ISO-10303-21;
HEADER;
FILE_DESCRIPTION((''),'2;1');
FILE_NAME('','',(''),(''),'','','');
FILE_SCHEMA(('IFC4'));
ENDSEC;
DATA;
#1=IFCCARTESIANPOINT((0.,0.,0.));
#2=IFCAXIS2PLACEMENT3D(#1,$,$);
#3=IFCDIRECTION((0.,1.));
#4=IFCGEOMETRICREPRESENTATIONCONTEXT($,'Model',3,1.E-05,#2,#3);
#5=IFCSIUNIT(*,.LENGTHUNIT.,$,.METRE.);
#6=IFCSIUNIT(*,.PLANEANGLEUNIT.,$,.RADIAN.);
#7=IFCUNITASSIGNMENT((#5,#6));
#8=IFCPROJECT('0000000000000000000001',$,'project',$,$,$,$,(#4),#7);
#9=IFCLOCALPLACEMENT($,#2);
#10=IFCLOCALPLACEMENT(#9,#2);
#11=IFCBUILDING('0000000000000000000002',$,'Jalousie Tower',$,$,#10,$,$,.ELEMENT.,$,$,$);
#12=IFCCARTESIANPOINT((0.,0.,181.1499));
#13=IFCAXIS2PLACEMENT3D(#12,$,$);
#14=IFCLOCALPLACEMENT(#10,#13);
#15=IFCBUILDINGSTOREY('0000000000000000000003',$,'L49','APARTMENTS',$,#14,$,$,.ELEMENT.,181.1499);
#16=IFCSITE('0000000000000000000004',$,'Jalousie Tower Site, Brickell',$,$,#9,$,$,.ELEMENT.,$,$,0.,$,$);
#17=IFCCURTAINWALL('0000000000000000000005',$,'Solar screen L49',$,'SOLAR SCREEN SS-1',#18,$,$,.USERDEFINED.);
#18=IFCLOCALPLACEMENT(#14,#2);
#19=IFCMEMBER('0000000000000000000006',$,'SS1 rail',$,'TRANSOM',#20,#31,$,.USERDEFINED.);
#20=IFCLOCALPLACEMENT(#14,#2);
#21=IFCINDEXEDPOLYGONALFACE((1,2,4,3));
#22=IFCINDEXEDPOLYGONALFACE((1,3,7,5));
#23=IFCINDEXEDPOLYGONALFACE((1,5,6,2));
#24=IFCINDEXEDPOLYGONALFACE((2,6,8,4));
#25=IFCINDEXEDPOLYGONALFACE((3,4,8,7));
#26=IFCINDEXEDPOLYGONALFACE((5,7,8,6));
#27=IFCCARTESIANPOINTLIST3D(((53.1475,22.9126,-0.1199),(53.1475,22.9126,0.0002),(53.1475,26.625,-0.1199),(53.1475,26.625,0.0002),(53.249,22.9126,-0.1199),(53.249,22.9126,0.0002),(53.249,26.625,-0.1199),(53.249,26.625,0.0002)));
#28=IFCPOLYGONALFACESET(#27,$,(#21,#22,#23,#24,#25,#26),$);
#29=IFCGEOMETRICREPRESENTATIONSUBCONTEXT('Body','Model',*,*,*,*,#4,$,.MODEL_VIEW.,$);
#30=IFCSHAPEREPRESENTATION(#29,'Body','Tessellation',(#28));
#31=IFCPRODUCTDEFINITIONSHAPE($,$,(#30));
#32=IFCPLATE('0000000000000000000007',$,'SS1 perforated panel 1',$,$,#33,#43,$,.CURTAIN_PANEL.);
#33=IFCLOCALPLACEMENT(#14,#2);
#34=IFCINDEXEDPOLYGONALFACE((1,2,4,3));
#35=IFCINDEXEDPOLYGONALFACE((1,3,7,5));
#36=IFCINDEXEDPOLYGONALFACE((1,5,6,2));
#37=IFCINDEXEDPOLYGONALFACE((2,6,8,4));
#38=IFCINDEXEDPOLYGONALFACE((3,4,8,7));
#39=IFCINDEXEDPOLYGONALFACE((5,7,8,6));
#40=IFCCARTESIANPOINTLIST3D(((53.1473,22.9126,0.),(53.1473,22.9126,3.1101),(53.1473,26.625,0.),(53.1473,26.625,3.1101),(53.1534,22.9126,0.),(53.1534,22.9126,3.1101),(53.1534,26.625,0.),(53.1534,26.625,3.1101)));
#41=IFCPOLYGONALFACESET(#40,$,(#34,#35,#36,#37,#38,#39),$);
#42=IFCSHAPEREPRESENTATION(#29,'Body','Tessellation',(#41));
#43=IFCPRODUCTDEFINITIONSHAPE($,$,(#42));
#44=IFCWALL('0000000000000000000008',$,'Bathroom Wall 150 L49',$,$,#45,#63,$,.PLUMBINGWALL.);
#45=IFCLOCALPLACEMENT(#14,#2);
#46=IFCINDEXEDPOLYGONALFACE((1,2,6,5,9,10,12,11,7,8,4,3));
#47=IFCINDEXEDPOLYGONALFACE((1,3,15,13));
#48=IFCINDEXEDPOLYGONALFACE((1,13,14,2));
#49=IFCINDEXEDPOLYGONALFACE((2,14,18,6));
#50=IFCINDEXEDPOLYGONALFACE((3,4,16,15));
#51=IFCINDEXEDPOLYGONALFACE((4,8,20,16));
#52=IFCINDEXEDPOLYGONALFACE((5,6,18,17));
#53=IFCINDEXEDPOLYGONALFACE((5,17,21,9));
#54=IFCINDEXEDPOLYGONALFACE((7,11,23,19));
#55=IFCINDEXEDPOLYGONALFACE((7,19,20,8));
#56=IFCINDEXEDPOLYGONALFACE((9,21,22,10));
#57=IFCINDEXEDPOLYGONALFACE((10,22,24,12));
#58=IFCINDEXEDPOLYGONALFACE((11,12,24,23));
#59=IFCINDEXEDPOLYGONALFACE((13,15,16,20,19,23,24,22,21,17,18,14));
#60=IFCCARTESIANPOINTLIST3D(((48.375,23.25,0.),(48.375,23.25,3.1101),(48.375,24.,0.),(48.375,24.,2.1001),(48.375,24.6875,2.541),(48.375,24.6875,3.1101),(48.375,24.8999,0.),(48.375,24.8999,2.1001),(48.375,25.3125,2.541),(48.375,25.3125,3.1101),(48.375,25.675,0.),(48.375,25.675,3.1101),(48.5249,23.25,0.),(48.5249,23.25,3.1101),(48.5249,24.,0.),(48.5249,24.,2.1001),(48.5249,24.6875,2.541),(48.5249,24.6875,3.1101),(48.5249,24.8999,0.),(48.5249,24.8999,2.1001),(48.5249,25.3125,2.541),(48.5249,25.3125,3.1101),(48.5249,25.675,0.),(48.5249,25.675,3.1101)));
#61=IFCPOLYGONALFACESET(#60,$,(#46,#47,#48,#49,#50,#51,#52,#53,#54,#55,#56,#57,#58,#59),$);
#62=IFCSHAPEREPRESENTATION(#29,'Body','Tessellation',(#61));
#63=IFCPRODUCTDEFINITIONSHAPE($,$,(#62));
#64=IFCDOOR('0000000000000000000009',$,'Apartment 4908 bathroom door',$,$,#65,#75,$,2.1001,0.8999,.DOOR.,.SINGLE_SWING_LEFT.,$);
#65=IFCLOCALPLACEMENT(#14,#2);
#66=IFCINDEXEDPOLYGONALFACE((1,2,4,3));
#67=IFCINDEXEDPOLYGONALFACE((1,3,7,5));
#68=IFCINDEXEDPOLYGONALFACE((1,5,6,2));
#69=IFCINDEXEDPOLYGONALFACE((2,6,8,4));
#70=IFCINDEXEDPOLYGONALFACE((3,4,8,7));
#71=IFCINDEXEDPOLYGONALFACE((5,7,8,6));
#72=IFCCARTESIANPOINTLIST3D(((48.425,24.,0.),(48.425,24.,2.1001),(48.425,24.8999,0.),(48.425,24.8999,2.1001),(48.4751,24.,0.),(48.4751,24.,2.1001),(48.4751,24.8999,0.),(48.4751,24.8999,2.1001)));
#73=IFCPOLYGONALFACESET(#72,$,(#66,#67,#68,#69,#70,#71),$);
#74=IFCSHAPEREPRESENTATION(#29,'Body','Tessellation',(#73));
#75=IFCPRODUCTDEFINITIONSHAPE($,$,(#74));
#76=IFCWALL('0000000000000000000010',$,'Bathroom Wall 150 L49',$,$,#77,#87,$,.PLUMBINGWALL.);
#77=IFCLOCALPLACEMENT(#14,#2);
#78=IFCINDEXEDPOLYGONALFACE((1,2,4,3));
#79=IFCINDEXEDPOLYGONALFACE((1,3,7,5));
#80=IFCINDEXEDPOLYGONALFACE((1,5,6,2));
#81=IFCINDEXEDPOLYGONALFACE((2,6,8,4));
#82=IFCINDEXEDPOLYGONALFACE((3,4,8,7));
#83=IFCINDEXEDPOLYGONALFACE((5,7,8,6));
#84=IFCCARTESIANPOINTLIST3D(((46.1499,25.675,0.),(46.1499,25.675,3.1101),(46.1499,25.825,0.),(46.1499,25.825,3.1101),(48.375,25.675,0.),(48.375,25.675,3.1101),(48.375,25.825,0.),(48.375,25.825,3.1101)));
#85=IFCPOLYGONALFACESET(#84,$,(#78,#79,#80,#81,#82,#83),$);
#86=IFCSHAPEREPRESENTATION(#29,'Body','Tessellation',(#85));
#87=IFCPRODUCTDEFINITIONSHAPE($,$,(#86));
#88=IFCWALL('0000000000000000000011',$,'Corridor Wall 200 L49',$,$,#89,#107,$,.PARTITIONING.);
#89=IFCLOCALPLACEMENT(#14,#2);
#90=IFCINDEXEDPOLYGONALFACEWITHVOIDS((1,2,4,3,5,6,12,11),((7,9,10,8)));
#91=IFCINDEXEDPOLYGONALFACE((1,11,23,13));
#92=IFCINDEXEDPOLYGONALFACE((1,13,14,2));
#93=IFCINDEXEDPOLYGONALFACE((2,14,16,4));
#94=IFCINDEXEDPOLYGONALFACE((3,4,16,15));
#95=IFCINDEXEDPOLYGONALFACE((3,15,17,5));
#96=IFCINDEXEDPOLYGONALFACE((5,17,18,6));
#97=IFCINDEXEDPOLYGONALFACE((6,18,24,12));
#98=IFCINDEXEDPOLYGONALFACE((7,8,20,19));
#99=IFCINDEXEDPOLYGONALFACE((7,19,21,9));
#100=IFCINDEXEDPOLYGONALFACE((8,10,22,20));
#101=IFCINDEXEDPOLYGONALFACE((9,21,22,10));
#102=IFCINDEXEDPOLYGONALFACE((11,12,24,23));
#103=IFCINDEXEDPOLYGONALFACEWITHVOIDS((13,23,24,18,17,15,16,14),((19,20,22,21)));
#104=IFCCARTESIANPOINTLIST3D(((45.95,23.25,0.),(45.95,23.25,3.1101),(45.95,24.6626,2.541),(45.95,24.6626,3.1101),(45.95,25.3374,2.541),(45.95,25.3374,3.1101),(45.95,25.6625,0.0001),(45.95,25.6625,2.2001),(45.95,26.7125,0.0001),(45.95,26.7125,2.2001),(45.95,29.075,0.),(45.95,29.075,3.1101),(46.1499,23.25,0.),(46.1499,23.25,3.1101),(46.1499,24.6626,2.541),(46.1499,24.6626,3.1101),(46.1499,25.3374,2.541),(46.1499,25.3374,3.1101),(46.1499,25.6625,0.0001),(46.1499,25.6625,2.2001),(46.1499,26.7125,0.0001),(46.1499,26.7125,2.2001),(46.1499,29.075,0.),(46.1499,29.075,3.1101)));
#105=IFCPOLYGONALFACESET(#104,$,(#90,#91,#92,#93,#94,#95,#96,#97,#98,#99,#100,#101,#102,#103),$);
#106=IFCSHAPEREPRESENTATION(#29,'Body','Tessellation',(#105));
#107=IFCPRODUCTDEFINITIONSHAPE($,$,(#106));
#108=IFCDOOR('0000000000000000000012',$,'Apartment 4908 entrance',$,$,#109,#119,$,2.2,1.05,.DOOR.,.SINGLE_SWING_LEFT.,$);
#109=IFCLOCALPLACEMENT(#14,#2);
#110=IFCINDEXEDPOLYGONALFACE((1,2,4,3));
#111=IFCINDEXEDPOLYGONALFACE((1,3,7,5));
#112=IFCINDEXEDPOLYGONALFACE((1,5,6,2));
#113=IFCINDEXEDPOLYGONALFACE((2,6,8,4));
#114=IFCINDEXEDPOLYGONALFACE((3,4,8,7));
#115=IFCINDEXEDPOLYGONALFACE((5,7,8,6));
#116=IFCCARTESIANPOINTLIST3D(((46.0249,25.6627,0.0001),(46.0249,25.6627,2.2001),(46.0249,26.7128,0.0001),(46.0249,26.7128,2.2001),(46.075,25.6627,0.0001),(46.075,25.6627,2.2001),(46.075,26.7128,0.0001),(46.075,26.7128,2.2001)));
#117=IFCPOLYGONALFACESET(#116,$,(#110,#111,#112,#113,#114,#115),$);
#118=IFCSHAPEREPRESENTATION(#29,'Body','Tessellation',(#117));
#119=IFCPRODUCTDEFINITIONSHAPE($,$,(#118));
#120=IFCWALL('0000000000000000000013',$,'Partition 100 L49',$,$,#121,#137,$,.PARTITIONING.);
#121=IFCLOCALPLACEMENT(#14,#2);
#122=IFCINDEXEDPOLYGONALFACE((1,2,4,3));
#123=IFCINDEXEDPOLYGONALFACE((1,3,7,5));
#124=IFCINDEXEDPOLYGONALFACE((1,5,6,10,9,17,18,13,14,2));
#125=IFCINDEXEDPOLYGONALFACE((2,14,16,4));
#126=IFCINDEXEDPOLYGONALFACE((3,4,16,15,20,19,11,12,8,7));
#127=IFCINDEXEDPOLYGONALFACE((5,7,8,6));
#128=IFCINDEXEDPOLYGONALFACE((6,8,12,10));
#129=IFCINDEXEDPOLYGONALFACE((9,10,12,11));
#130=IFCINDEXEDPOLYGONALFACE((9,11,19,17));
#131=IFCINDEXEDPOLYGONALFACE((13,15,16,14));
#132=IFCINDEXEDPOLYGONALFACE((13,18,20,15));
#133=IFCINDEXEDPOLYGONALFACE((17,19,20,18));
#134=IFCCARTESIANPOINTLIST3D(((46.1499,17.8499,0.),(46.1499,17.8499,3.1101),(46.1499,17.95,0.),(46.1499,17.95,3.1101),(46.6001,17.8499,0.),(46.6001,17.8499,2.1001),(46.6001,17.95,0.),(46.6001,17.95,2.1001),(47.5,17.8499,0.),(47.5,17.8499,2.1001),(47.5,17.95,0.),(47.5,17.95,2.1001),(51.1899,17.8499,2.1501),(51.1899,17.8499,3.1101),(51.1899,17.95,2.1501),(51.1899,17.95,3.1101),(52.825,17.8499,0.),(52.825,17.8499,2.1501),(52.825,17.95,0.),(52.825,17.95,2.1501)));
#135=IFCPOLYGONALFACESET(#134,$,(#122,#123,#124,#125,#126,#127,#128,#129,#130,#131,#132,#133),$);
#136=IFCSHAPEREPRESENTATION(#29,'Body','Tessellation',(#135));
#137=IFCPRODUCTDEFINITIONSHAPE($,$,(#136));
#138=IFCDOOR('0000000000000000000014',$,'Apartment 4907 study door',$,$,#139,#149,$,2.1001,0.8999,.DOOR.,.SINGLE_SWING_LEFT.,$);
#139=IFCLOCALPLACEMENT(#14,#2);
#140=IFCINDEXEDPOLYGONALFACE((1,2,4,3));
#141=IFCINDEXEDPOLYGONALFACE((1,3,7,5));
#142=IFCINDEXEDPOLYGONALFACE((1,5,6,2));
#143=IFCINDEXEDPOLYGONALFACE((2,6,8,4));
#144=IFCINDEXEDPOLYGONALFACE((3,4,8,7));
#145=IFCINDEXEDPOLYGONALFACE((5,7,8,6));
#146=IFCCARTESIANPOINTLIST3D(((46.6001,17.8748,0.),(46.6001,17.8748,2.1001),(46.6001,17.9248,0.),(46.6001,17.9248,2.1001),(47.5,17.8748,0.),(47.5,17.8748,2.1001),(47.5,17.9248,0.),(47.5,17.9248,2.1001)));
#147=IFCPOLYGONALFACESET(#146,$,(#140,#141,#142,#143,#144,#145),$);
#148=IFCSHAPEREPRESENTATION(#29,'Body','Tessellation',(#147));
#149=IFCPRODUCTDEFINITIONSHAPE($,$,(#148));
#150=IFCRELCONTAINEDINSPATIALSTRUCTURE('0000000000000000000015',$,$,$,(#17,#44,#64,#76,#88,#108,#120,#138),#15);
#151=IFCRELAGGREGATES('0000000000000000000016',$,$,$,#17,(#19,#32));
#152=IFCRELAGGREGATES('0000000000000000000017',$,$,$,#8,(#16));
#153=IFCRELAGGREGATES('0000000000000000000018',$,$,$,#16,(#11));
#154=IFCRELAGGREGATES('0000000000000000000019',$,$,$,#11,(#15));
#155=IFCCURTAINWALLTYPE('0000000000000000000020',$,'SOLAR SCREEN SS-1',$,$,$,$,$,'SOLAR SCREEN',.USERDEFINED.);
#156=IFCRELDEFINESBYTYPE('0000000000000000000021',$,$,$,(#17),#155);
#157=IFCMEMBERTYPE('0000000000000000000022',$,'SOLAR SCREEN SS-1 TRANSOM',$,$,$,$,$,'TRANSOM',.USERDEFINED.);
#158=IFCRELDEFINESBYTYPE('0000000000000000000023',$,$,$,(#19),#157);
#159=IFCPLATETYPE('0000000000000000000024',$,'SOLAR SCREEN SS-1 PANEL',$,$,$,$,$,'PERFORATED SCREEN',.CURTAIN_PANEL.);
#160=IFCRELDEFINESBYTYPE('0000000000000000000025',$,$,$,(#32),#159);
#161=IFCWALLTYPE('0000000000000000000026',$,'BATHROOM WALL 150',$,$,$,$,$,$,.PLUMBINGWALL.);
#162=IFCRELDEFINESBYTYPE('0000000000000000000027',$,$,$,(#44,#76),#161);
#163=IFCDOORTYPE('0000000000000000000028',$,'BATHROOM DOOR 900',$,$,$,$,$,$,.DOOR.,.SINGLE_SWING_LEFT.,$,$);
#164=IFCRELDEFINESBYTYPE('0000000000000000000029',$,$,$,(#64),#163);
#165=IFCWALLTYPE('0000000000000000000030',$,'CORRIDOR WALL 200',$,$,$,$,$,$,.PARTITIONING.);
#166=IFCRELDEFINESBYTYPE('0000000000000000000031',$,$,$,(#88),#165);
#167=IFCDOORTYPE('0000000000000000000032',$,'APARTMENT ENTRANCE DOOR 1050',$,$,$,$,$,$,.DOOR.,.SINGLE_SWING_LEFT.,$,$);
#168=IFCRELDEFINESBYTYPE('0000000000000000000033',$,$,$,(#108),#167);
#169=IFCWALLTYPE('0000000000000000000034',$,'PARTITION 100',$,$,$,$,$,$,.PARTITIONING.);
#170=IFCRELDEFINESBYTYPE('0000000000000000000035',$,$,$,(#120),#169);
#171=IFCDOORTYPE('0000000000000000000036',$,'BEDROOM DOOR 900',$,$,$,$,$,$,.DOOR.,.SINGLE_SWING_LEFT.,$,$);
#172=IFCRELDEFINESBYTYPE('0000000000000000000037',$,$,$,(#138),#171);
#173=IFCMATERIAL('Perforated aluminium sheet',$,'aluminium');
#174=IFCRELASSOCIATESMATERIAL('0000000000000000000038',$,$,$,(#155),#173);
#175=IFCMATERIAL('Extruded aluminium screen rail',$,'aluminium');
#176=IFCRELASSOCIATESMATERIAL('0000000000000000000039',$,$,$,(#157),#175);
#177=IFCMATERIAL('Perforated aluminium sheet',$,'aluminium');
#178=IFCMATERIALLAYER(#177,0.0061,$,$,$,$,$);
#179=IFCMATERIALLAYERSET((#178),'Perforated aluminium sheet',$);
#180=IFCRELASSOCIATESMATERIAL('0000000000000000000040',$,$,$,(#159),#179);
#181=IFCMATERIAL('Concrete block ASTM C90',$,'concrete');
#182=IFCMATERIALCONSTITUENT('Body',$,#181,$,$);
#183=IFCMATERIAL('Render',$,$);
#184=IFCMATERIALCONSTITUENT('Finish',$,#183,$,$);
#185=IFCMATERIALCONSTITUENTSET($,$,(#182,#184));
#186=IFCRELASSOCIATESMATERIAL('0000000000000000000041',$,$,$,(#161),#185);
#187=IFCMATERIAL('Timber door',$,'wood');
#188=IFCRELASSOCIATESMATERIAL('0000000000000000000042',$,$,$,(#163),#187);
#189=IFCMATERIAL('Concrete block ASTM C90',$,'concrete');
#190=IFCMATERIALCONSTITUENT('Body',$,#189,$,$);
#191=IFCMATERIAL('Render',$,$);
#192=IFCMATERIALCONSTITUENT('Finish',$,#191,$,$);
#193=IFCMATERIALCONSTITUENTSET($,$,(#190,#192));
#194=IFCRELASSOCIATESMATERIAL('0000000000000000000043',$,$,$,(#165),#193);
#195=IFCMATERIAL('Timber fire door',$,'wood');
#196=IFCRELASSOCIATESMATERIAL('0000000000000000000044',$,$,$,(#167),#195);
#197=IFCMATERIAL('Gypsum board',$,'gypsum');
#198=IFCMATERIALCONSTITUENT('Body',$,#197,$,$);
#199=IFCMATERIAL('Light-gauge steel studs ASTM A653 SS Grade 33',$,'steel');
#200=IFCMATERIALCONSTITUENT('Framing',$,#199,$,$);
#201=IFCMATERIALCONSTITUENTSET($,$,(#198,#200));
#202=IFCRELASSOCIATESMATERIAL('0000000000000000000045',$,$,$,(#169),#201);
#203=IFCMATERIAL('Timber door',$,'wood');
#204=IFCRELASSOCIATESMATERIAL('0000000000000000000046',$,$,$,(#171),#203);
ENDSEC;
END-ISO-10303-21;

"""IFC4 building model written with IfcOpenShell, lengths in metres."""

from ifc_helpers import new_model, si_unit, direction, frame, frame_2d, origin, origin_2d, place, context, subcontext, project, spatial, polyline, rectangle, outline, extrude, material, layer, layer_set, constituent, constituent_set, material_profile, profile_set, type_object, element, fill, aggregate, save


model = new_model("IFC4")

# Units and contexts
model_context = context("Model", 3, precision=1e-05, world=origin(), true_north=direction((0.0, 1.0)))
body_context = subcontext(model_context, "Body", "Model", "MODEL_VIEW")
ifc_project = project(units=[si_unit("LENGTHUNIT", "METRE"), si_unit("PLANEANGLEUNIT", "RADIAN")], contexts=[model_context])

# Site, building, storey
site_placement = place(None, origin())
site = spatial("IfcSite", under=ifc_project, at=site_placement, Name="Jalousie Tower Site, Brickell", CompositionType="ELEMENT", RefElevation=0.0)
building_placement = place(site_placement, origin())
building = spatial("IfcBuilding", under=site, at=building_placement, Name="Jalousie Tower", CompositionType="ELEMENT")
storey_placement = place(building_placement, frame((0.0, 0.0, 181.1499)))
storey = spatial("IfcBuildingStorey", under=building, at=storey_placement, Name="L49", Description="APARTMENTS", CompositionType="ELEMENT", Elevation=181.1499)

# Curtain wall
ifc_material_1 = material(Name="Perforated aluminium sheet", Category="aluminium")
curtain_wall_type = type_object("IfcCurtainWallType", Name="SOLAR SCREEN SS-1", ElementType="SOLAR SCREEN", PredefinedType="USERDEFINED", material=ifc_material_1)
curtain_wall_1_placement = place(storey_placement, origin())
curtain_wall_1 = element("IfcCurtainWall", 1, at=curtain_wall_1_placement, inside=storey, type_object=curtain_wall_type, Name="Solar screen L49", ObjectType="SOLAR SCREEN SS-1", PredefinedType="USERDEFINED")

# Member
ifc_material_2 = material(Name="Extruded aluminium screen rail", Category="aluminium")
ifc_material_profile_1 = material_profile(ifc_material_2, rectangle(XDim=0.1016, YDim=0.1201, at=origin_2d()), Name="RAIL 102x120")
ifc_profile_set_1 = profile_set([ifc_material_profile_1], Name="Extruded aluminium screen rail")
member_type_1 = type_object("IfcMemberType", Name="SOLAR SCREEN SS-1 TRANSOM", ElementType="TRANSOM", PredefinedType="USERDEFINED", material=ifc_profile_set_1)
member_1_placement = place(storey_placement, frame((53.1982, 22.9126, -0.0598), z_axis=(0.0, 1.0, 0.0), x_axis=(-1.0, 0.0, 0.0)))
member_1 = element("IfcMember", 2, at=member_1_placement, type_object=member_type_1, Name="SS1 rail", ObjectType="TRANSOM", PredefinedType="USERDEFINED", context=body_context, shape_type="SweptSolid", body=[
    extrude(rectangle(XDim=0.1016, YDim=0.1201, at=origin_2d()), origin(), (0.0, 0.0, 1.0), 3.7124),
])

# Plate
ifc_material_3 = material(Name="Perforated aluminium sheet", Category="aluminium")
ifc_layer_1 = layer(ifc_material_3, 0.0061)
ifc_layer_set_1 = layer_set([ifc_layer_1], Name="Perforated aluminium sheet")
plate_type = type_object("IfcPlateType", Name="SOLAR SCREEN SS-1 PANEL", ElementType="PERFORATED SCREEN", PredefinedType="CURTAIN_PANEL", material=ifc_layer_set_1)
plate_placement = place(storey_placement, frame((53.1504, 24.7688, 0.0), z_axis=(0.0, 0.0, 1.0), x_axis=(0.0, 1.0, 0.0)))
plate = element("IfcPlate", 3, at=plate_placement, type_object=plate_type, Name="SS1 perforated panel 1", PredefinedType="CURTAIN_PANEL", context=body_context, shape_type="SweptSolid", body=[
    extrude(rectangle(XDim=3.7124, YDim=0.0061, at=origin_2d()), origin(), (0.0, 0.0, 1.0), 3.1101),
])
aggregate(curtain_wall_1, [member_1, plate])

# Wall, opening, door
ifc_material_4 = material(Name="Concrete block ASTM C90", Category="concrete")
ifc_constituent_1 = constituent(ifc_material_4, Name="Body")
ifc_material_5 = material(Name="Render")
ifc_constituent_2 = constituent(ifc_material_5, Name="Finish")
ifc_constituent_set_1 = constituent_set(constituents=[ifc_constituent_1, ifc_constituent_2])
wall_type_1 = type_object("IfcWallType", Name="BATHROOM WALL 150", PredefinedType="PLUMBINGWALL", material=ifc_constituent_set_1)
wall_1_placement = place(storey_placement, frame((48.45, 23.25, 0.0), z_axis=(0.0, 0.0, 1.0), x_axis=(0.0, 1.0, 0.0)))
wall_1 = element("IfcWall", 4, at=wall_1_placement, inside=storey, type_object=wall_type_1, Name="Bathroom Wall 150 L49", PredefinedType="PLUMBINGWALL", context=body_context, shape_type="SweptSolid", body=[
    extrude(outline(polyline([(0.0, 0.0), (2.425, 0.0), (2.425, 3.1101), (2.0625, 3.1101), (2.0625, 2.541), (1.4375, 2.541), (1.4375, 3.1101), (0.0, 3.1101), (0.0, 0.0)])), frame((0.0, 0.075, 0.0), z_axis=(0.0, -1.0, 0.0), x_axis=(1.0, 0.0, 0.0)), (0.0, 0.0, 1.0), 0.1499),
])
opening_1_placement = place(wall_1_placement, frame((0.75, 0.0, 0.0)))
opening_1 = element("IfcOpeningElement", 5, at=opening_1_placement, cuts=wall_1, PredefinedType="OPENING", context=body_context, shape_type="SweptSolid", body=[
    extrude(rectangle(XDim=0.8999, YDim=2.1001, at=frame_2d((0.45, 1.05))), frame((0.0, 0.085, 0.0), z_axis=(0.0, -1.0, 0.0), x_axis=(1.0, 0.0, 0.0)), (0.0, 0.0, 1.0), 0.1699),
])
ifc_material_6 = material(Name="Timber door", Category="wood")
door_type_1 = type_object("IfcDoorType", Name="BATHROOM DOOR 900", OperationType="SINGLE_SWING_LEFT", PredefinedType="DOOR", material=ifc_material_6)
door_1_placement = place(opening_1_placement, origin())
door_1 = element("IfcDoor", 6, at=door_1_placement, inside=storey, type_object=door_type_1, Name="Apartment 4908 bathroom door", OperationType="SINGLE_SWING_LEFT", OverallHeight=2.1001, OverallWidth=0.8999, PredefinedType="DOOR", context=body_context, shape_type="SweptSolid", body=[
    extrude(rectangle(XDim=0.8999, YDim=2.1001, at=frame_2d((0.45, 1.05))), frame((0.0, 0.0249, 0.0), z_axis=(0.0, -1.0, 0.0), x_axis=(1.0, 0.0, 0.0)), (0.0, 0.0, 1.0), 0.05),
])
fill(opening_1, door_1)

# Wall
wall_2_placement = place(storey_placement, frame((48.375, 25.75, 0.0), z_axis=(0.0, 0.0, 1.0), x_axis=(-1.0, 0.0, 0.0)))
element("IfcWall", 7, at=wall_2_placement, inside=storey, type_object=wall_type_1, Name="Bathroom Wall 150 L49", PredefinedType="PLUMBINGWALL", context=body_context, shape_type="SweptSolid", body=[
    extrude(rectangle(XDim=2.2251, YDim=0.1499, at=frame_2d((1.1125, 0.0))), origin(), (0.0, 0.0, 1.0), 3.1101),
])

# Walls, openings, doors
ifc_material_7 = material(Name="Concrete block ASTM C90", Category="concrete")
ifc_constituent_3 = constituent(ifc_material_7, Name="Body")
ifc_material_8 = material(Name="Render")
ifc_constituent_4 = constituent(ifc_material_8, Name="Finish")
ifc_constituent_set_2 = constituent_set(constituents=[ifc_constituent_3, ifc_constituent_4])
wall_type_2 = type_object("IfcWallType", Name="CORRIDOR WALL 200", PredefinedType="PARTITIONING", material=ifc_constituent_set_2)
wall_3_placement = place(storey_placement, frame((46.05, 23.25, 0.0), z_axis=(0.0, 0.0, 1.0), x_axis=(0.0, 1.0, 0.0)))
wall_3 = element("IfcWall", 8, at=wall_3_placement, inside=storey, type_object=wall_type_2, Name="Corridor Wall 200 L49", PredefinedType="PARTITIONING", context=body_context, shape_type="SweptSolid", body=[
    extrude(outline(polyline([(0.0, 0.0), (5.825, 0.0), (5.825, 3.1101), (2.0874, 3.1101), (2.0874, 2.541), (1.4126, 2.541), (1.4126, 3.1101), (0.0, 3.1101), (0.0, 0.0)])), frame((0.0, 0.1001, 0.0), z_axis=(0.0, -1.0, 0.0), x_axis=(1.0, 0.0, 0.0)), (0.0, 0.0, 1.0), 0.2),
])
opening_2_placement = place(wall_3_placement, frame((2.4126, 0.0, 0.0)))
opening_2 = element("IfcOpeningElement", 9, at=opening_2_placement, cuts=wall_3, PredefinedType="OPENING", context=body_context, shape_type="SweptSolid", body=[
    extrude(rectangle(XDim=1.05, YDim=2.2, at=frame_2d((0.5249, 1.1001))), frame((0.0, 0.1099, 0.0), z_axis=(0.0, -1.0, 0.0), x_axis=(1.0, 0.0, 0.0)), (0.0, 0.0, 1.0), 0.22),
])
ifc_material_9 = material(Name="Timber fire door", Category="wood")
door_type_2 = type_object("IfcDoorType", Name="APARTMENT ENTRANCE DOOR 1050", OperationType="SINGLE_SWING_LEFT", PredefinedType="DOOR", material=ifc_material_9)
door_2_placement = place(opening_2_placement, frame((1.05, 0.0, 0.0), z_axis=(0.0, 0.0, 1.0), x_axis=(-1.0, 0.0, 0.0)))
door_2 = element("IfcDoor", 10, at=door_2_placement, inside=storey, type_object=door_type_2, Name="Apartment 4908 entrance", OperationType="SINGLE_SWING_LEFT", OverallHeight=2.2, OverallWidth=1.05, PredefinedType="DOOR", context=body_context, shape_type="SweptSolid", body=[
    extrude(rectangle(XDim=1.05, YDim=2.2, at=frame_2d((0.5249, 1.1001))), frame((0.0, 0.0249, 0.0), z_axis=(0.0, -1.0, 0.0), x_axis=(1.0, 0.0, 0.0)), (0.0, 0.0, 1.0), 0.05),
])
fill(opening_2, door_2)
ifc_material_10 = material(Name="Gypsum board", Category="gypsum")
ifc_constituent_5 = constituent(ifc_material_10, Name="Body")
ifc_material_11 = material(Name="Light-gauge steel studs ASTM A653 SS Grade 33", Category="steel")
ifc_constituent_6 = constituent(ifc_material_11, Name="Framing")
ifc_constituent_set_3 = constituent_set(constituents=[ifc_constituent_5, ifc_constituent_6])
wall_type_3 = type_object("IfcWallType", Name="PARTITION 100", PredefinedType="PARTITIONING", material=ifc_constituent_set_3)
wall_4_placement = place(storey_placement, frame((52.825, 17.8999, 0.0), z_axis=(0.0, 0.0, 1.0), x_axis=(-1.0, 0.0, 0.0)))
wall_4 = element("IfcWall", 11, at=wall_4_placement, inside=storey, type_object=wall_type_3, Name="Partition 100 L49", PredefinedType="PARTITIONING", context=body_context, shape_type="SweptSolid", body=[
    extrude(outline(polyline([(0.0, 0.0), (6.675, 0.0), (6.675, 3.1101), (1.635, 3.1101), (1.635, 2.1501), (0.0, 2.1501), (0.0, 3.1101), (0.0, 0.0)])), frame((0.0, 0.05, 0.0), z_axis=(0.0, -1.0, 0.0), x_axis=(1.0, 0.0, 0.0)), (0.0, 0.0, 1.0), 0.1001),
])
opening_3_placement = place(wall_4_placement, frame((5.325, 0.0, 0.0)))
opening_3 = element("IfcOpeningElement", 12, at=opening_3_placement, cuts=wall_4, PredefinedType="OPENING", context=body_context, shape_type="SweptSolid", body=[
    extrude(rectangle(XDim=0.8999, YDim=2.1001, at=frame_2d((0.45, 1.05))), frame((0.0, 0.0601, 0.0), z_axis=(0.0, -1.0, 0.0), x_axis=(1.0, 0.0, 0.0)), (0.0, 0.0, 1.0), 0.1201),
])
ifc_material_12 = material(Name="Timber door", Category="wood")
door_type_3 = type_object("IfcDoorType", Name="BEDROOM DOOR 900", OperationType="SINGLE_SWING_LEFT", PredefinedType="DOOR", material=ifc_material_12)
door_3_placement = place(opening_3_placement, frame((0.8999, 0.0, 0.0), z_axis=(0.0, 0.0, 1.0), x_axis=(-1.0, 0.0, 0.0)))
door_3 = element("IfcDoor", 13, at=door_3_placement, inside=storey, type_object=door_type_3, Name="Apartment 4907 study door", OperationType="SINGLE_SWING_LEFT", OverallHeight=2.1001, OverallWidth=0.8999, PredefinedType="DOOR", context=body_context, shape_type="SweptSolid", body=[
    extrude(rectangle(XDim=0.8999, YDim=2.1001, at=frame_2d((0.45, 1.05))), frame((0.0, 0.0249, 0.0), z_axis=(0.0, -1.0, 0.0), x_axis=(1.0, 0.0, 0.0)), (0.0, 0.0, 1.0), 0.05),
])
fill(opening_3, door_3)

save(model, "model.ifc")
